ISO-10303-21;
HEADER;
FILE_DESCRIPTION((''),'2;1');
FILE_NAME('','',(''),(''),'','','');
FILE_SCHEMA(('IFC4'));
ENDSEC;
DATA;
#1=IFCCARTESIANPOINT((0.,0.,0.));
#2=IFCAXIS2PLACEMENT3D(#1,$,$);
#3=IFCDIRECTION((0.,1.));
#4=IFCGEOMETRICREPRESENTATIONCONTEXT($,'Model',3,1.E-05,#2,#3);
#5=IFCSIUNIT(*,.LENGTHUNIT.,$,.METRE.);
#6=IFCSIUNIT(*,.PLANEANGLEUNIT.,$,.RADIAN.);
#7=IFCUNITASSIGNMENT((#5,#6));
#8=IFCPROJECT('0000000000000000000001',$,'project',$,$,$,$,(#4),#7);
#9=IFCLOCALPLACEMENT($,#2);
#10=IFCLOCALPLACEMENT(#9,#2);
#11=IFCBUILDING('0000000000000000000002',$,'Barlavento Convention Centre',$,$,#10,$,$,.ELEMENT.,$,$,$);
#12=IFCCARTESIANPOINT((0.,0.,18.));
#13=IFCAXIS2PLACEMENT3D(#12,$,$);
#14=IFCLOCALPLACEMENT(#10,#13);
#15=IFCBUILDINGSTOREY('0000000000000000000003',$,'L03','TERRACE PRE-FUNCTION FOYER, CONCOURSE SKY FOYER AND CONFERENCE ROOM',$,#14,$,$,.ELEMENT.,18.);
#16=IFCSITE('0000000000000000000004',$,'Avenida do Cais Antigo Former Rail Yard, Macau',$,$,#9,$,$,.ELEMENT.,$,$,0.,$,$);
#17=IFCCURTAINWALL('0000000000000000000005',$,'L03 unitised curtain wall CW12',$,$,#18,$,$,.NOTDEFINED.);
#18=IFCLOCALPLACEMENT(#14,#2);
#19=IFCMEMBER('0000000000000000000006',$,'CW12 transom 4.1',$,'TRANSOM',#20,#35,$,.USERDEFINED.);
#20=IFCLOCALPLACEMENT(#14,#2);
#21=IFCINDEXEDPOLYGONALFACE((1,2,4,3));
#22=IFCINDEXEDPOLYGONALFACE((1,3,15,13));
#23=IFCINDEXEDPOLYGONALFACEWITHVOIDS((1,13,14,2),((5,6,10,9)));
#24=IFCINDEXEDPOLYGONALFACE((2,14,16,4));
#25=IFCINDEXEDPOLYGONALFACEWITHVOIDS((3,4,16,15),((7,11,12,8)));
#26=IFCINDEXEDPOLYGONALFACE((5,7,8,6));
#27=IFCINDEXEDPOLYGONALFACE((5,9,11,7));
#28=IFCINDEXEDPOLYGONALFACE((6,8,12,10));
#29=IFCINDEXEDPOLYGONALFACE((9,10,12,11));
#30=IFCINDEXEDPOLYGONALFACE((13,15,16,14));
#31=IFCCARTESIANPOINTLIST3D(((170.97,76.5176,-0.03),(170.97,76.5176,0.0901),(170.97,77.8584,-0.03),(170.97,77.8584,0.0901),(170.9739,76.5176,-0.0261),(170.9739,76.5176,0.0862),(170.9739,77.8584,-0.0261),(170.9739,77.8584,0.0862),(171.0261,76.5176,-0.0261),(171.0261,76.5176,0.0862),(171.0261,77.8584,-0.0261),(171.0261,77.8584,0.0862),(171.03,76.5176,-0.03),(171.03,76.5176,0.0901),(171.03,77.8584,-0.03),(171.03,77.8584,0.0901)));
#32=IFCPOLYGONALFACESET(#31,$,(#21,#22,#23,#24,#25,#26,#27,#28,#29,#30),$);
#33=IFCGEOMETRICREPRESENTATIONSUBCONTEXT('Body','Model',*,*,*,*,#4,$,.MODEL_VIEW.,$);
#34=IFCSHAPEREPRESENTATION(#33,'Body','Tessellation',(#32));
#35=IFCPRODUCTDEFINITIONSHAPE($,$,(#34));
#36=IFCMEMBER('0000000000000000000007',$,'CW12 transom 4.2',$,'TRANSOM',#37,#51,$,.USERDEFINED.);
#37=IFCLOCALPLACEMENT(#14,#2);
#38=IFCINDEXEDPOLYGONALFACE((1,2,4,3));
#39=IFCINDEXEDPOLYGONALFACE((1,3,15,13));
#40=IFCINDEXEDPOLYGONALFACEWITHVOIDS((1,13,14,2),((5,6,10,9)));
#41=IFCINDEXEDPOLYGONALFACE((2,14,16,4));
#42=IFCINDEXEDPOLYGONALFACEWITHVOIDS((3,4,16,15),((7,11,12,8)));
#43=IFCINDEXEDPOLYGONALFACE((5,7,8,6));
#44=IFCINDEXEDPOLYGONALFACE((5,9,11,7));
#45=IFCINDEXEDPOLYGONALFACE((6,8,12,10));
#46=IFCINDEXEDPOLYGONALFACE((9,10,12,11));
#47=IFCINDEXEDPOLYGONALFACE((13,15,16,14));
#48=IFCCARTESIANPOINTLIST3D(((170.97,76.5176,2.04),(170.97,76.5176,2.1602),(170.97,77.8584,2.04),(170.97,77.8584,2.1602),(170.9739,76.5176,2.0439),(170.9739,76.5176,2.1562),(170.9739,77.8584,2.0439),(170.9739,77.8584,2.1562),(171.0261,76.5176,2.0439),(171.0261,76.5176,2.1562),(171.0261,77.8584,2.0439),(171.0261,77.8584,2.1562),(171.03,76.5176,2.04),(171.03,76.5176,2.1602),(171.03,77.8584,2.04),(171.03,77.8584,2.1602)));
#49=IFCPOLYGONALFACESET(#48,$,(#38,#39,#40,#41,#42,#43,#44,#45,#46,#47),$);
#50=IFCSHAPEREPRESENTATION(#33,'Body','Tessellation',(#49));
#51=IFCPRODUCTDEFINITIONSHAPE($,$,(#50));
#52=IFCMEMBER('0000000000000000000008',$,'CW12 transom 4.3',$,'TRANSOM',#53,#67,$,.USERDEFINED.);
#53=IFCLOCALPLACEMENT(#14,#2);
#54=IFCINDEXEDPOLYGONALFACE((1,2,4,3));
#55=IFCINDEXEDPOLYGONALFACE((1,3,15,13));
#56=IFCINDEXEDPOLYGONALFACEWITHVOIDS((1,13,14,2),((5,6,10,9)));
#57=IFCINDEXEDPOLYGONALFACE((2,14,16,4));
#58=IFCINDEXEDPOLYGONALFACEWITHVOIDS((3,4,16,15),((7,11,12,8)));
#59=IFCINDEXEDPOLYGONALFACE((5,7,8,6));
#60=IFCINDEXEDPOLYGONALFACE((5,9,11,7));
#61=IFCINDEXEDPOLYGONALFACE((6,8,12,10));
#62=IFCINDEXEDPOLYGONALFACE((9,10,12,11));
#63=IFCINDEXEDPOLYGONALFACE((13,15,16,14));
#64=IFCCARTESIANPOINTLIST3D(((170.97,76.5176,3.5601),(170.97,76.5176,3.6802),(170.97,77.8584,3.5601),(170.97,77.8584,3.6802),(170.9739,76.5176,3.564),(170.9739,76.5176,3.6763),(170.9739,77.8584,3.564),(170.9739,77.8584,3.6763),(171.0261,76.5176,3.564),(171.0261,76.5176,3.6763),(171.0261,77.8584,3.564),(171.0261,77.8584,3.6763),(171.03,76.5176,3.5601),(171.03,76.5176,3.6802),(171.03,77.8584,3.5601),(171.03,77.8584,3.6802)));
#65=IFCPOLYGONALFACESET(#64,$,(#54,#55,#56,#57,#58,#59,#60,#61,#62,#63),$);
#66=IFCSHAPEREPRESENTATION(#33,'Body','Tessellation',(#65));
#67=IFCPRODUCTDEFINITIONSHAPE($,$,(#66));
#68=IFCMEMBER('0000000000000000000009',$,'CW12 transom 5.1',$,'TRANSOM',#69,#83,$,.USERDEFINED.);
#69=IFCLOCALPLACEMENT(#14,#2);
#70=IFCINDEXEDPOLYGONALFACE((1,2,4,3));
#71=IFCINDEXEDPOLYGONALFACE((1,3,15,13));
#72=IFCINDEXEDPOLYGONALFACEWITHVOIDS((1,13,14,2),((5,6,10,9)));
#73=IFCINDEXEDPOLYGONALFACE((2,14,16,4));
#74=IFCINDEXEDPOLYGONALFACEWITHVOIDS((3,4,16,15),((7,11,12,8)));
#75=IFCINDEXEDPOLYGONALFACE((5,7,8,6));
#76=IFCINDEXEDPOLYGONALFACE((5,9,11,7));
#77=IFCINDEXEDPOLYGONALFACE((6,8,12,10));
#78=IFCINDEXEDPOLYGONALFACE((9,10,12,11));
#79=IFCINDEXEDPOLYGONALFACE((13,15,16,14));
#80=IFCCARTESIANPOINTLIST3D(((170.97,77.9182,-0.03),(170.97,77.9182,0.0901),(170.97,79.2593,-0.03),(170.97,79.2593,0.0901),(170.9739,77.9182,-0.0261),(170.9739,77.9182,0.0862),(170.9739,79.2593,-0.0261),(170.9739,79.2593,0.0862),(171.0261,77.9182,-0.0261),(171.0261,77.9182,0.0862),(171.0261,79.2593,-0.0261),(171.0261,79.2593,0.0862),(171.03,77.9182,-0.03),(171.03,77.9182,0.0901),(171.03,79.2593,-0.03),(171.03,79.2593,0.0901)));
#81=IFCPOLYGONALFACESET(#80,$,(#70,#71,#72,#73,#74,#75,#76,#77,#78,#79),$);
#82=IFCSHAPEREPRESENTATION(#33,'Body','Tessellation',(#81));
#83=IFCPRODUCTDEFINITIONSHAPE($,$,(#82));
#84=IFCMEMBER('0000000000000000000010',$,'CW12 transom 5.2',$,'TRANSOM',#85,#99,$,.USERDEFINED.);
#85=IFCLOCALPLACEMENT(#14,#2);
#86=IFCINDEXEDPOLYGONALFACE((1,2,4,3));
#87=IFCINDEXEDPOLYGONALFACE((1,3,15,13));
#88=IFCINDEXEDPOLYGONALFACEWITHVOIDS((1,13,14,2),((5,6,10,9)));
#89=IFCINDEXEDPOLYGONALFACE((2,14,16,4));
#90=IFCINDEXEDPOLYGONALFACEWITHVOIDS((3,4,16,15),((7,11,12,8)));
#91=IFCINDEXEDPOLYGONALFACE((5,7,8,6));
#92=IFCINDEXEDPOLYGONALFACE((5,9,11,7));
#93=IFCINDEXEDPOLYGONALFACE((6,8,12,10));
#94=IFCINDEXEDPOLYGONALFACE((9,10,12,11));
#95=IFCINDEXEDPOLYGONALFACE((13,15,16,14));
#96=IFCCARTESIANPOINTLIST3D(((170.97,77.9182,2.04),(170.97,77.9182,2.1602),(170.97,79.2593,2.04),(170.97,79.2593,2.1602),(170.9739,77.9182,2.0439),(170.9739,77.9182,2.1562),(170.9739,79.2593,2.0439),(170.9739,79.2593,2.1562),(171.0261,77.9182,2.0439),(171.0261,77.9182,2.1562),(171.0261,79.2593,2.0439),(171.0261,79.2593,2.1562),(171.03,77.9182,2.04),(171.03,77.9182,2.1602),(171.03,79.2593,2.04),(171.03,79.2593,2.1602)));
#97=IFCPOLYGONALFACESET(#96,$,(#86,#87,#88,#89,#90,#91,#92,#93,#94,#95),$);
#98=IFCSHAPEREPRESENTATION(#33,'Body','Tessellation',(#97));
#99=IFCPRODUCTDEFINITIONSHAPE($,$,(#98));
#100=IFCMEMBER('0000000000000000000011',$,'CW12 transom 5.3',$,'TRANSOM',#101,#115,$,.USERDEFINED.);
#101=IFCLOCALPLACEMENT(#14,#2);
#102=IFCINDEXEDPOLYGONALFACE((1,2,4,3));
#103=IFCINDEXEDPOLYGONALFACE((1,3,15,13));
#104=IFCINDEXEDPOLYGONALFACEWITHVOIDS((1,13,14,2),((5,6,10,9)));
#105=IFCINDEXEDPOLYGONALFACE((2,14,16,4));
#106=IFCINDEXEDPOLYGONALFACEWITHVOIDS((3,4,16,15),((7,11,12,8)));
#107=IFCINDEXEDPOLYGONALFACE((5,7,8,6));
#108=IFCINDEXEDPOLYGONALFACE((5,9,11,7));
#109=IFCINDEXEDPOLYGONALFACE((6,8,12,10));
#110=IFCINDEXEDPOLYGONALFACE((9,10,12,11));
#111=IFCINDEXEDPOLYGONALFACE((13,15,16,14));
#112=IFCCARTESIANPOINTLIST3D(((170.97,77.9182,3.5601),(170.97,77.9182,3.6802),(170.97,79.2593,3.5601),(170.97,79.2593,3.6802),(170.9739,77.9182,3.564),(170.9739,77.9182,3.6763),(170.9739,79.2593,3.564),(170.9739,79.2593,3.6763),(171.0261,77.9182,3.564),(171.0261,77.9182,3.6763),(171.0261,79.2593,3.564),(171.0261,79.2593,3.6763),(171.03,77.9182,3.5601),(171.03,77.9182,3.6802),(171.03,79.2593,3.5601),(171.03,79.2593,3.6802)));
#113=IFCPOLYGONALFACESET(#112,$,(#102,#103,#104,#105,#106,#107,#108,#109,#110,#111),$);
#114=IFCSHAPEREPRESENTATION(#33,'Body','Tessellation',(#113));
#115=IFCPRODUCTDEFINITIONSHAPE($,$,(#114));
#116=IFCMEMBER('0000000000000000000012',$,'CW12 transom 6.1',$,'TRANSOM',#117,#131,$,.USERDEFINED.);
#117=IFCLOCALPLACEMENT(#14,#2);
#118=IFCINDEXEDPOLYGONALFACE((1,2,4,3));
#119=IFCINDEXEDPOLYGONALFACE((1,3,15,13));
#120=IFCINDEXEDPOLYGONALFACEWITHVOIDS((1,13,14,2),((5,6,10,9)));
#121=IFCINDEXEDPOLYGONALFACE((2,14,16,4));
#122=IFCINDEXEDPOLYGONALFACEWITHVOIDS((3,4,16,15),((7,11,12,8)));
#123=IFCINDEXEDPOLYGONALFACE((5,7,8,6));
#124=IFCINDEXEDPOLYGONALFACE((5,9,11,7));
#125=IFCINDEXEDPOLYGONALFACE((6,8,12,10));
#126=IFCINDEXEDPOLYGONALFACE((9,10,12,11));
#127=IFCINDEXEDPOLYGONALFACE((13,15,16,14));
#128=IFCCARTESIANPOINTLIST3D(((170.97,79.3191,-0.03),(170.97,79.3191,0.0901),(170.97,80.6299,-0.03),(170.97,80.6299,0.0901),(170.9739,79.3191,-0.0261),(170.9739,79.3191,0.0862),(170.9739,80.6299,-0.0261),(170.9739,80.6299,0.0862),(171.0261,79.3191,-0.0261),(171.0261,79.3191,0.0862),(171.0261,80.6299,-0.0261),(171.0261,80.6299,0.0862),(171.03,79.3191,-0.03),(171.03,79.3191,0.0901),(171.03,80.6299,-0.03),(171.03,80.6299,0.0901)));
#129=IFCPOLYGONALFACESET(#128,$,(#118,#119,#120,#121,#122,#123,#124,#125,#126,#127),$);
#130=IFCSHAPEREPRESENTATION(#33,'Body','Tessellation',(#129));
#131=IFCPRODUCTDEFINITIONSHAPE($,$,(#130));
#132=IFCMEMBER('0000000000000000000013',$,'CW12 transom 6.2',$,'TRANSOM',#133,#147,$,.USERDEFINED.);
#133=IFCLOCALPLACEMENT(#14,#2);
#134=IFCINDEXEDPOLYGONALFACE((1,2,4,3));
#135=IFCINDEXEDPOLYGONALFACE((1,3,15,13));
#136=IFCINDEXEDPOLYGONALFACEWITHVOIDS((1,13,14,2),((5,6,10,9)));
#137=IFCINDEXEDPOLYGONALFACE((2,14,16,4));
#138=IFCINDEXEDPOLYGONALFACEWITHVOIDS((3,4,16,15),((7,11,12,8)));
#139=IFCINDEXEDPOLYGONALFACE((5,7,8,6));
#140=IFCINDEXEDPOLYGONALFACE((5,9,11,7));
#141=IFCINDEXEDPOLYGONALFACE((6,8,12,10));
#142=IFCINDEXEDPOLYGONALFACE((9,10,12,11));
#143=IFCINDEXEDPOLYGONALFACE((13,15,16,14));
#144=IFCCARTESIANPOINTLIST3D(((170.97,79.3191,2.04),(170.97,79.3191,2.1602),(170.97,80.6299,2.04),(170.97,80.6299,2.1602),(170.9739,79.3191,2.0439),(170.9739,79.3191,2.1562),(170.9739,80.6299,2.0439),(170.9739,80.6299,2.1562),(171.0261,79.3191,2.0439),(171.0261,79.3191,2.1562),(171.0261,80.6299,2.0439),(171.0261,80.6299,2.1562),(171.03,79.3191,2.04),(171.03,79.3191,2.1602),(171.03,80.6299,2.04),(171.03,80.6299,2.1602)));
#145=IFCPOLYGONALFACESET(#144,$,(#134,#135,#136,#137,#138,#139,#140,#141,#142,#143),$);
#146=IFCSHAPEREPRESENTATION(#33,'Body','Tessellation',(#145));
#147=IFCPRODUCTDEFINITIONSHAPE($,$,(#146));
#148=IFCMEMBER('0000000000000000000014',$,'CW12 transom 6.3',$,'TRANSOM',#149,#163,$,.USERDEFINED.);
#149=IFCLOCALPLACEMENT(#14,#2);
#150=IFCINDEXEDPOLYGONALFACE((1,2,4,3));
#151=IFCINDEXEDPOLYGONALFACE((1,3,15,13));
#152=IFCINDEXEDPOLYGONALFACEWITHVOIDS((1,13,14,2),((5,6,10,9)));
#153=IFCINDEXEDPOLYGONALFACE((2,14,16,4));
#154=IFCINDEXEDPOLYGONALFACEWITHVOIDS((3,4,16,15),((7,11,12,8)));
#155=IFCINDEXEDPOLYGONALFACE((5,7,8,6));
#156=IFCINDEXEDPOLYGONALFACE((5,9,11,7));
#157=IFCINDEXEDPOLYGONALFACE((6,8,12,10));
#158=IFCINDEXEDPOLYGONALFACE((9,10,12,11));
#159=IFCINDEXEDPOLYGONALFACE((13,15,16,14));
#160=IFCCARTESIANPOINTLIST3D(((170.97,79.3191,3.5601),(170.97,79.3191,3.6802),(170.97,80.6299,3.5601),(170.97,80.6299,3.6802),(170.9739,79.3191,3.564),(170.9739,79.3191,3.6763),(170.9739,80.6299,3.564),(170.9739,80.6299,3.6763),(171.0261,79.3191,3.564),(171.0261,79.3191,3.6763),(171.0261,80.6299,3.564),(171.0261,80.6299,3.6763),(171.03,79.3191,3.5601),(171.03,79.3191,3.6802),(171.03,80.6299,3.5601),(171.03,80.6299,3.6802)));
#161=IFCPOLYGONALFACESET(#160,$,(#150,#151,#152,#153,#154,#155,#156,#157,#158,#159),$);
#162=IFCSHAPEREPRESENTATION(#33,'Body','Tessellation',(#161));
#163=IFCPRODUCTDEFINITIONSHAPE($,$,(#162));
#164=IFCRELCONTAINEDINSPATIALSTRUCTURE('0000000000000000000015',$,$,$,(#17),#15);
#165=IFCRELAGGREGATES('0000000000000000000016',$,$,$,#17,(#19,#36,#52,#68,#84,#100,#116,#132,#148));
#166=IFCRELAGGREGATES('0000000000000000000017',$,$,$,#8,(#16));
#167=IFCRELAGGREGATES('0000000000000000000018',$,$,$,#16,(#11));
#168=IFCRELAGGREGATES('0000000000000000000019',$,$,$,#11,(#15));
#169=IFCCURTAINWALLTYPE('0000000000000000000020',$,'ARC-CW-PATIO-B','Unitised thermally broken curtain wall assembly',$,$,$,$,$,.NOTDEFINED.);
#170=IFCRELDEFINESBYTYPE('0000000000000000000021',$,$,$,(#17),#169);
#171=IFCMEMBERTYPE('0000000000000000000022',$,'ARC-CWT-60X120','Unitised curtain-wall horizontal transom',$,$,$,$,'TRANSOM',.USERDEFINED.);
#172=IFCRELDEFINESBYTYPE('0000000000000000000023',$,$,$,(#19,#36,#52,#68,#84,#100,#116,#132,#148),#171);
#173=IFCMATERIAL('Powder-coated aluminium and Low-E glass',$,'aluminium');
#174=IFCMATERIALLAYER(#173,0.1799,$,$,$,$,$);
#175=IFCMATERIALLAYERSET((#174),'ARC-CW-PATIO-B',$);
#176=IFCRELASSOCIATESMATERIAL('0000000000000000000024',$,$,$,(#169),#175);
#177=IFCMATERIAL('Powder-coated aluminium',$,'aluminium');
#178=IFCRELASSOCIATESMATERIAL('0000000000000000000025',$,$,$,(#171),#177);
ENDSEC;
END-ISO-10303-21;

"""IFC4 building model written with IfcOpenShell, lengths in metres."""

from ifc_helpers import new_model, si_unit, direction, frame, origin, origin_2d, place, context, subcontext, project, spatial, hollow_rectangle, extrude, material, layer, layer_set, material_profile, profile_set, type_object, element, aggregate, save


model = new_model("IFC4")

# Units and contexts
model_context = context("Model", 3, precision=1e-05, world=origin(), true_north=direction((0.0, 1.0)))
body_context = subcontext(model_context, "Body", "Model", "MODEL_VIEW")
ifc_project = project(units=[si_unit("LENGTHUNIT", "METRE"), si_unit("PLANEANGLEUNIT", "RADIAN")], contexts=[model_context])

# Site, building, storey
site_placement = place(None, origin())
site = spatial("IfcSite", under=ifc_project, at=site_placement, Name="Avenida do Cais Antigo Former Rail Yard, Macau", CompositionType="ELEMENT", RefElevation=0.0)
building_placement = place(site_placement, origin())
building = spatial("IfcBuilding", under=site, at=building_placement, Name="Barlavento Convention Centre", CompositionType="ELEMENT")
storey_placement = place(building_placement, frame((0.0, 0.0, 18.0)))
storey = spatial("IfcBuildingStorey", under=building, at=storey_placement, Name="L03", Description="TERRACE PRE-FUNCTION FOYER, CONCOURSE SKY FOYER AND CONFERENCE ROOM", CompositionType="ELEMENT", Elevation=18.0)

# Curtain wall, members
ifc_material_1 = material(Name="Powder-coated aluminium and Low-E glass", Category="aluminium")
ifc_layer_1 = layer(ifc_material_1, 0.1799)
ifc_layer_set_1 = layer_set([ifc_layer_1], Name="ARC-CW-PATIO-B")
curtain_wall_type = type_object("IfcCurtainWallType", Name="ARC-CW-PATIO-B", Description="Unitised thermally broken curtain wall assembly", PredefinedType="NOTDEFINED", material=ifc_layer_set_1)
curtain_wall_placement = place(storey_placement, origin())
curtain_wall = element("IfcCurtainWall", 1, at=curtain_wall_placement, inside=storey, type_object=curtain_wall_type, Name="L03 unitised curtain wall CW12", PredefinedType="NOTDEFINED")
ifc_material_2 = material(Name="Powder-coated aluminium", Category="aluminium")
ifc_material_profile_1 = material_profile(ifc_material_2, hollow_rectangle(XDim=0.0601, YDim=0.1201, WallThickness=0.0039, at=origin_2d()), Name="AL-TRAN 60x120x4")
ifc_profile_set_1 = profile_set([ifc_material_profile_1], Name="Powder-coated aluminium")
member_type_1 = type_object("IfcMemberType", Name="ARC-CWT-60X120", Description="Unitised curtain-wall horizontal transom", ElementType="TRANSOM", PredefinedType="USERDEFINED", material=ifc_profile_set_1)
member_1_placement = place(storey_placement, frame((171.0, 76.5176, 0.03), z_axis=(0.0, 1.0, 0.0), x_axis=(-1.0, 0.0, 0.0)))
member_1 = element("IfcMember", 2, at=member_1_placement, type_object=member_type_1, Name="CW12 transom 4.1", ObjectType="TRANSOM", PredefinedType="USERDEFINED", context=body_context, shape_type="SweptSolid", body=[
    extrude(hollow_rectangle(XDim=0.0601, YDim=0.1201, WallThickness=0.0039, at=origin_2d()), origin(), (0.0, 0.0, 1.0), 1.3408),
])
member_2_placement = place(storey_placement, frame((171.0, 76.5176, 2.1001), z_axis=(0.0, 1.0, 0.0), x_axis=(-1.0, 0.0, 0.0)))
member_2 = element("IfcMember", 3, at=member_2_placement, type_object=member_type_1, Name="CW12 transom 4.2", ObjectType="TRANSOM", PredefinedType="USERDEFINED", context=body_context, shape_type="SweptSolid", body=[
    extrude(hollow_rectangle(XDim=0.0601, YDim=0.1201, WallThickness=0.0039, at=origin_2d()), origin(), (0.0, 0.0, 1.0), 1.3408),
])
member_3_placement = place(storey_placement, frame((171.0, 76.5176, 3.6201), z_axis=(0.0, 1.0, 0.0), x_axis=(-1.0, 0.0, 0.0)))
member_3 = element("IfcMember", 4, at=member_3_placement, type_object=member_type_1, Name="CW12 transom 4.3", ObjectType="TRANSOM", PredefinedType="USERDEFINED", context=body_context, shape_type="SweptSolid", body=[
    extrude(hollow_rectangle(XDim=0.0601, YDim=0.1201, WallThickness=0.0039, at=origin_2d()), origin(), (0.0, 0.0, 1.0), 1.3408),
])
member_4_placement = place(storey_placement, frame((171.0, 77.9182, 0.03), z_axis=(0.0, 1.0, 0.0), x_axis=(-1.0, 0.0, 0.0)))
member_4 = element("IfcMember", 5, at=member_4_placement, type_object=member_type_1, Name="CW12 transom 5.1", ObjectType="TRANSOM", PredefinedType="USERDEFINED", context=body_context, shape_type="SweptSolid", body=[
    extrude(hollow_rectangle(XDim=0.0601, YDim=0.1201, WallThickness=0.0039, at=origin_2d()), origin(), (0.0, 0.0, 1.0), 1.3411),
])
member_5_placement = place(storey_placement, frame((171.0, 77.9182, 2.1001), z_axis=(0.0, 1.0, 0.0), x_axis=(-1.0, 0.0, 0.0)))
member_5 = element("IfcMember", 6, at=member_5_placement, type_object=member_type_1, Name="CW12 transom 5.2", ObjectType="TRANSOM", PredefinedType="USERDEFINED", context=body_context, shape_type="SweptSolid", body=[
    extrude(hollow_rectangle(XDim=0.0601, YDim=0.1201, WallThickness=0.0039, at=origin_2d()), origin(), (0.0, 0.0, 1.0), 1.3411),
])
member_6_placement = place(storey_placement, frame((171.0, 77.9182, 3.6201), z_axis=(0.0, 1.0, 0.0), x_axis=(-1.0, 0.0, 0.0)))
member_6 = element("IfcMember", 7, at=member_6_placement, type_object=member_type_1, Name="CW12 transom 5.3", ObjectType="TRANSOM", PredefinedType="USERDEFINED", context=body_context, shape_type="SweptSolid", body=[
    extrude(hollow_rectangle(XDim=0.0601, YDim=0.1201, WallThickness=0.0039, at=origin_2d()), origin(), (0.0, 0.0, 1.0), 1.3411),
])
member_7_placement = place(storey_placement, frame((171.0, 79.3191, 0.03), z_axis=(0.0, 1.0, 0.0), x_axis=(-1.0, 0.0, 0.0)))
member_7 = element("IfcMember", 8, at=member_7_placement, type_object=member_type_1, Name="CW12 transom 6.1", ObjectType="TRANSOM", PredefinedType="USERDEFINED", context=body_context, shape_type="SweptSolid", body=[
    extrude(hollow_rectangle(XDim=0.0601, YDim=0.1201, WallThickness=0.0039, at=origin_2d()), origin(), (0.0, 0.0, 1.0), 1.3108),
])
member_8_placement = place(storey_placement, frame((171.0, 79.3191, 2.1001), z_axis=(0.0, 1.0, 0.0), x_axis=(-1.0, 0.0, 0.0)))
member_8 = element("IfcMember", 9, at=member_8_placement, type_object=member_type_1, Name="CW12 transom 6.2", ObjectType="TRANSOM", PredefinedType="USERDEFINED", context=body_context, shape_type="SweptSolid", body=[
    extrude(hollow_rectangle(XDim=0.0601, YDim=0.1201, WallThickness=0.0039, at=origin_2d()), origin(), (0.0, 0.0, 1.0), 1.3108),
])
member_9_placement = place(storey_placement, frame((171.0, 79.3191, 3.6201), z_axis=(0.0, 1.0, 0.0), x_axis=(-1.0, 0.0, 0.0)))
member_9 = element("IfcMember", 10, at=member_9_placement, type_object=member_type_1, Name="CW12 transom 6.3", ObjectType="TRANSOM", PredefinedType="USERDEFINED", context=body_context, shape_type="SweptSolid", body=[
    extrude(hollow_rectangle(XDim=0.0601, YDim=0.1201, WallThickness=0.0039, at=origin_2d()), origin(), (0.0, 0.0, 1.0), 1.3108),
])

aggregate(curtain_wall, [member_1, member_2, member_3, member_4, member_5, member_6, member_7, member_8, member_9])

save(model, "model.ifc")
